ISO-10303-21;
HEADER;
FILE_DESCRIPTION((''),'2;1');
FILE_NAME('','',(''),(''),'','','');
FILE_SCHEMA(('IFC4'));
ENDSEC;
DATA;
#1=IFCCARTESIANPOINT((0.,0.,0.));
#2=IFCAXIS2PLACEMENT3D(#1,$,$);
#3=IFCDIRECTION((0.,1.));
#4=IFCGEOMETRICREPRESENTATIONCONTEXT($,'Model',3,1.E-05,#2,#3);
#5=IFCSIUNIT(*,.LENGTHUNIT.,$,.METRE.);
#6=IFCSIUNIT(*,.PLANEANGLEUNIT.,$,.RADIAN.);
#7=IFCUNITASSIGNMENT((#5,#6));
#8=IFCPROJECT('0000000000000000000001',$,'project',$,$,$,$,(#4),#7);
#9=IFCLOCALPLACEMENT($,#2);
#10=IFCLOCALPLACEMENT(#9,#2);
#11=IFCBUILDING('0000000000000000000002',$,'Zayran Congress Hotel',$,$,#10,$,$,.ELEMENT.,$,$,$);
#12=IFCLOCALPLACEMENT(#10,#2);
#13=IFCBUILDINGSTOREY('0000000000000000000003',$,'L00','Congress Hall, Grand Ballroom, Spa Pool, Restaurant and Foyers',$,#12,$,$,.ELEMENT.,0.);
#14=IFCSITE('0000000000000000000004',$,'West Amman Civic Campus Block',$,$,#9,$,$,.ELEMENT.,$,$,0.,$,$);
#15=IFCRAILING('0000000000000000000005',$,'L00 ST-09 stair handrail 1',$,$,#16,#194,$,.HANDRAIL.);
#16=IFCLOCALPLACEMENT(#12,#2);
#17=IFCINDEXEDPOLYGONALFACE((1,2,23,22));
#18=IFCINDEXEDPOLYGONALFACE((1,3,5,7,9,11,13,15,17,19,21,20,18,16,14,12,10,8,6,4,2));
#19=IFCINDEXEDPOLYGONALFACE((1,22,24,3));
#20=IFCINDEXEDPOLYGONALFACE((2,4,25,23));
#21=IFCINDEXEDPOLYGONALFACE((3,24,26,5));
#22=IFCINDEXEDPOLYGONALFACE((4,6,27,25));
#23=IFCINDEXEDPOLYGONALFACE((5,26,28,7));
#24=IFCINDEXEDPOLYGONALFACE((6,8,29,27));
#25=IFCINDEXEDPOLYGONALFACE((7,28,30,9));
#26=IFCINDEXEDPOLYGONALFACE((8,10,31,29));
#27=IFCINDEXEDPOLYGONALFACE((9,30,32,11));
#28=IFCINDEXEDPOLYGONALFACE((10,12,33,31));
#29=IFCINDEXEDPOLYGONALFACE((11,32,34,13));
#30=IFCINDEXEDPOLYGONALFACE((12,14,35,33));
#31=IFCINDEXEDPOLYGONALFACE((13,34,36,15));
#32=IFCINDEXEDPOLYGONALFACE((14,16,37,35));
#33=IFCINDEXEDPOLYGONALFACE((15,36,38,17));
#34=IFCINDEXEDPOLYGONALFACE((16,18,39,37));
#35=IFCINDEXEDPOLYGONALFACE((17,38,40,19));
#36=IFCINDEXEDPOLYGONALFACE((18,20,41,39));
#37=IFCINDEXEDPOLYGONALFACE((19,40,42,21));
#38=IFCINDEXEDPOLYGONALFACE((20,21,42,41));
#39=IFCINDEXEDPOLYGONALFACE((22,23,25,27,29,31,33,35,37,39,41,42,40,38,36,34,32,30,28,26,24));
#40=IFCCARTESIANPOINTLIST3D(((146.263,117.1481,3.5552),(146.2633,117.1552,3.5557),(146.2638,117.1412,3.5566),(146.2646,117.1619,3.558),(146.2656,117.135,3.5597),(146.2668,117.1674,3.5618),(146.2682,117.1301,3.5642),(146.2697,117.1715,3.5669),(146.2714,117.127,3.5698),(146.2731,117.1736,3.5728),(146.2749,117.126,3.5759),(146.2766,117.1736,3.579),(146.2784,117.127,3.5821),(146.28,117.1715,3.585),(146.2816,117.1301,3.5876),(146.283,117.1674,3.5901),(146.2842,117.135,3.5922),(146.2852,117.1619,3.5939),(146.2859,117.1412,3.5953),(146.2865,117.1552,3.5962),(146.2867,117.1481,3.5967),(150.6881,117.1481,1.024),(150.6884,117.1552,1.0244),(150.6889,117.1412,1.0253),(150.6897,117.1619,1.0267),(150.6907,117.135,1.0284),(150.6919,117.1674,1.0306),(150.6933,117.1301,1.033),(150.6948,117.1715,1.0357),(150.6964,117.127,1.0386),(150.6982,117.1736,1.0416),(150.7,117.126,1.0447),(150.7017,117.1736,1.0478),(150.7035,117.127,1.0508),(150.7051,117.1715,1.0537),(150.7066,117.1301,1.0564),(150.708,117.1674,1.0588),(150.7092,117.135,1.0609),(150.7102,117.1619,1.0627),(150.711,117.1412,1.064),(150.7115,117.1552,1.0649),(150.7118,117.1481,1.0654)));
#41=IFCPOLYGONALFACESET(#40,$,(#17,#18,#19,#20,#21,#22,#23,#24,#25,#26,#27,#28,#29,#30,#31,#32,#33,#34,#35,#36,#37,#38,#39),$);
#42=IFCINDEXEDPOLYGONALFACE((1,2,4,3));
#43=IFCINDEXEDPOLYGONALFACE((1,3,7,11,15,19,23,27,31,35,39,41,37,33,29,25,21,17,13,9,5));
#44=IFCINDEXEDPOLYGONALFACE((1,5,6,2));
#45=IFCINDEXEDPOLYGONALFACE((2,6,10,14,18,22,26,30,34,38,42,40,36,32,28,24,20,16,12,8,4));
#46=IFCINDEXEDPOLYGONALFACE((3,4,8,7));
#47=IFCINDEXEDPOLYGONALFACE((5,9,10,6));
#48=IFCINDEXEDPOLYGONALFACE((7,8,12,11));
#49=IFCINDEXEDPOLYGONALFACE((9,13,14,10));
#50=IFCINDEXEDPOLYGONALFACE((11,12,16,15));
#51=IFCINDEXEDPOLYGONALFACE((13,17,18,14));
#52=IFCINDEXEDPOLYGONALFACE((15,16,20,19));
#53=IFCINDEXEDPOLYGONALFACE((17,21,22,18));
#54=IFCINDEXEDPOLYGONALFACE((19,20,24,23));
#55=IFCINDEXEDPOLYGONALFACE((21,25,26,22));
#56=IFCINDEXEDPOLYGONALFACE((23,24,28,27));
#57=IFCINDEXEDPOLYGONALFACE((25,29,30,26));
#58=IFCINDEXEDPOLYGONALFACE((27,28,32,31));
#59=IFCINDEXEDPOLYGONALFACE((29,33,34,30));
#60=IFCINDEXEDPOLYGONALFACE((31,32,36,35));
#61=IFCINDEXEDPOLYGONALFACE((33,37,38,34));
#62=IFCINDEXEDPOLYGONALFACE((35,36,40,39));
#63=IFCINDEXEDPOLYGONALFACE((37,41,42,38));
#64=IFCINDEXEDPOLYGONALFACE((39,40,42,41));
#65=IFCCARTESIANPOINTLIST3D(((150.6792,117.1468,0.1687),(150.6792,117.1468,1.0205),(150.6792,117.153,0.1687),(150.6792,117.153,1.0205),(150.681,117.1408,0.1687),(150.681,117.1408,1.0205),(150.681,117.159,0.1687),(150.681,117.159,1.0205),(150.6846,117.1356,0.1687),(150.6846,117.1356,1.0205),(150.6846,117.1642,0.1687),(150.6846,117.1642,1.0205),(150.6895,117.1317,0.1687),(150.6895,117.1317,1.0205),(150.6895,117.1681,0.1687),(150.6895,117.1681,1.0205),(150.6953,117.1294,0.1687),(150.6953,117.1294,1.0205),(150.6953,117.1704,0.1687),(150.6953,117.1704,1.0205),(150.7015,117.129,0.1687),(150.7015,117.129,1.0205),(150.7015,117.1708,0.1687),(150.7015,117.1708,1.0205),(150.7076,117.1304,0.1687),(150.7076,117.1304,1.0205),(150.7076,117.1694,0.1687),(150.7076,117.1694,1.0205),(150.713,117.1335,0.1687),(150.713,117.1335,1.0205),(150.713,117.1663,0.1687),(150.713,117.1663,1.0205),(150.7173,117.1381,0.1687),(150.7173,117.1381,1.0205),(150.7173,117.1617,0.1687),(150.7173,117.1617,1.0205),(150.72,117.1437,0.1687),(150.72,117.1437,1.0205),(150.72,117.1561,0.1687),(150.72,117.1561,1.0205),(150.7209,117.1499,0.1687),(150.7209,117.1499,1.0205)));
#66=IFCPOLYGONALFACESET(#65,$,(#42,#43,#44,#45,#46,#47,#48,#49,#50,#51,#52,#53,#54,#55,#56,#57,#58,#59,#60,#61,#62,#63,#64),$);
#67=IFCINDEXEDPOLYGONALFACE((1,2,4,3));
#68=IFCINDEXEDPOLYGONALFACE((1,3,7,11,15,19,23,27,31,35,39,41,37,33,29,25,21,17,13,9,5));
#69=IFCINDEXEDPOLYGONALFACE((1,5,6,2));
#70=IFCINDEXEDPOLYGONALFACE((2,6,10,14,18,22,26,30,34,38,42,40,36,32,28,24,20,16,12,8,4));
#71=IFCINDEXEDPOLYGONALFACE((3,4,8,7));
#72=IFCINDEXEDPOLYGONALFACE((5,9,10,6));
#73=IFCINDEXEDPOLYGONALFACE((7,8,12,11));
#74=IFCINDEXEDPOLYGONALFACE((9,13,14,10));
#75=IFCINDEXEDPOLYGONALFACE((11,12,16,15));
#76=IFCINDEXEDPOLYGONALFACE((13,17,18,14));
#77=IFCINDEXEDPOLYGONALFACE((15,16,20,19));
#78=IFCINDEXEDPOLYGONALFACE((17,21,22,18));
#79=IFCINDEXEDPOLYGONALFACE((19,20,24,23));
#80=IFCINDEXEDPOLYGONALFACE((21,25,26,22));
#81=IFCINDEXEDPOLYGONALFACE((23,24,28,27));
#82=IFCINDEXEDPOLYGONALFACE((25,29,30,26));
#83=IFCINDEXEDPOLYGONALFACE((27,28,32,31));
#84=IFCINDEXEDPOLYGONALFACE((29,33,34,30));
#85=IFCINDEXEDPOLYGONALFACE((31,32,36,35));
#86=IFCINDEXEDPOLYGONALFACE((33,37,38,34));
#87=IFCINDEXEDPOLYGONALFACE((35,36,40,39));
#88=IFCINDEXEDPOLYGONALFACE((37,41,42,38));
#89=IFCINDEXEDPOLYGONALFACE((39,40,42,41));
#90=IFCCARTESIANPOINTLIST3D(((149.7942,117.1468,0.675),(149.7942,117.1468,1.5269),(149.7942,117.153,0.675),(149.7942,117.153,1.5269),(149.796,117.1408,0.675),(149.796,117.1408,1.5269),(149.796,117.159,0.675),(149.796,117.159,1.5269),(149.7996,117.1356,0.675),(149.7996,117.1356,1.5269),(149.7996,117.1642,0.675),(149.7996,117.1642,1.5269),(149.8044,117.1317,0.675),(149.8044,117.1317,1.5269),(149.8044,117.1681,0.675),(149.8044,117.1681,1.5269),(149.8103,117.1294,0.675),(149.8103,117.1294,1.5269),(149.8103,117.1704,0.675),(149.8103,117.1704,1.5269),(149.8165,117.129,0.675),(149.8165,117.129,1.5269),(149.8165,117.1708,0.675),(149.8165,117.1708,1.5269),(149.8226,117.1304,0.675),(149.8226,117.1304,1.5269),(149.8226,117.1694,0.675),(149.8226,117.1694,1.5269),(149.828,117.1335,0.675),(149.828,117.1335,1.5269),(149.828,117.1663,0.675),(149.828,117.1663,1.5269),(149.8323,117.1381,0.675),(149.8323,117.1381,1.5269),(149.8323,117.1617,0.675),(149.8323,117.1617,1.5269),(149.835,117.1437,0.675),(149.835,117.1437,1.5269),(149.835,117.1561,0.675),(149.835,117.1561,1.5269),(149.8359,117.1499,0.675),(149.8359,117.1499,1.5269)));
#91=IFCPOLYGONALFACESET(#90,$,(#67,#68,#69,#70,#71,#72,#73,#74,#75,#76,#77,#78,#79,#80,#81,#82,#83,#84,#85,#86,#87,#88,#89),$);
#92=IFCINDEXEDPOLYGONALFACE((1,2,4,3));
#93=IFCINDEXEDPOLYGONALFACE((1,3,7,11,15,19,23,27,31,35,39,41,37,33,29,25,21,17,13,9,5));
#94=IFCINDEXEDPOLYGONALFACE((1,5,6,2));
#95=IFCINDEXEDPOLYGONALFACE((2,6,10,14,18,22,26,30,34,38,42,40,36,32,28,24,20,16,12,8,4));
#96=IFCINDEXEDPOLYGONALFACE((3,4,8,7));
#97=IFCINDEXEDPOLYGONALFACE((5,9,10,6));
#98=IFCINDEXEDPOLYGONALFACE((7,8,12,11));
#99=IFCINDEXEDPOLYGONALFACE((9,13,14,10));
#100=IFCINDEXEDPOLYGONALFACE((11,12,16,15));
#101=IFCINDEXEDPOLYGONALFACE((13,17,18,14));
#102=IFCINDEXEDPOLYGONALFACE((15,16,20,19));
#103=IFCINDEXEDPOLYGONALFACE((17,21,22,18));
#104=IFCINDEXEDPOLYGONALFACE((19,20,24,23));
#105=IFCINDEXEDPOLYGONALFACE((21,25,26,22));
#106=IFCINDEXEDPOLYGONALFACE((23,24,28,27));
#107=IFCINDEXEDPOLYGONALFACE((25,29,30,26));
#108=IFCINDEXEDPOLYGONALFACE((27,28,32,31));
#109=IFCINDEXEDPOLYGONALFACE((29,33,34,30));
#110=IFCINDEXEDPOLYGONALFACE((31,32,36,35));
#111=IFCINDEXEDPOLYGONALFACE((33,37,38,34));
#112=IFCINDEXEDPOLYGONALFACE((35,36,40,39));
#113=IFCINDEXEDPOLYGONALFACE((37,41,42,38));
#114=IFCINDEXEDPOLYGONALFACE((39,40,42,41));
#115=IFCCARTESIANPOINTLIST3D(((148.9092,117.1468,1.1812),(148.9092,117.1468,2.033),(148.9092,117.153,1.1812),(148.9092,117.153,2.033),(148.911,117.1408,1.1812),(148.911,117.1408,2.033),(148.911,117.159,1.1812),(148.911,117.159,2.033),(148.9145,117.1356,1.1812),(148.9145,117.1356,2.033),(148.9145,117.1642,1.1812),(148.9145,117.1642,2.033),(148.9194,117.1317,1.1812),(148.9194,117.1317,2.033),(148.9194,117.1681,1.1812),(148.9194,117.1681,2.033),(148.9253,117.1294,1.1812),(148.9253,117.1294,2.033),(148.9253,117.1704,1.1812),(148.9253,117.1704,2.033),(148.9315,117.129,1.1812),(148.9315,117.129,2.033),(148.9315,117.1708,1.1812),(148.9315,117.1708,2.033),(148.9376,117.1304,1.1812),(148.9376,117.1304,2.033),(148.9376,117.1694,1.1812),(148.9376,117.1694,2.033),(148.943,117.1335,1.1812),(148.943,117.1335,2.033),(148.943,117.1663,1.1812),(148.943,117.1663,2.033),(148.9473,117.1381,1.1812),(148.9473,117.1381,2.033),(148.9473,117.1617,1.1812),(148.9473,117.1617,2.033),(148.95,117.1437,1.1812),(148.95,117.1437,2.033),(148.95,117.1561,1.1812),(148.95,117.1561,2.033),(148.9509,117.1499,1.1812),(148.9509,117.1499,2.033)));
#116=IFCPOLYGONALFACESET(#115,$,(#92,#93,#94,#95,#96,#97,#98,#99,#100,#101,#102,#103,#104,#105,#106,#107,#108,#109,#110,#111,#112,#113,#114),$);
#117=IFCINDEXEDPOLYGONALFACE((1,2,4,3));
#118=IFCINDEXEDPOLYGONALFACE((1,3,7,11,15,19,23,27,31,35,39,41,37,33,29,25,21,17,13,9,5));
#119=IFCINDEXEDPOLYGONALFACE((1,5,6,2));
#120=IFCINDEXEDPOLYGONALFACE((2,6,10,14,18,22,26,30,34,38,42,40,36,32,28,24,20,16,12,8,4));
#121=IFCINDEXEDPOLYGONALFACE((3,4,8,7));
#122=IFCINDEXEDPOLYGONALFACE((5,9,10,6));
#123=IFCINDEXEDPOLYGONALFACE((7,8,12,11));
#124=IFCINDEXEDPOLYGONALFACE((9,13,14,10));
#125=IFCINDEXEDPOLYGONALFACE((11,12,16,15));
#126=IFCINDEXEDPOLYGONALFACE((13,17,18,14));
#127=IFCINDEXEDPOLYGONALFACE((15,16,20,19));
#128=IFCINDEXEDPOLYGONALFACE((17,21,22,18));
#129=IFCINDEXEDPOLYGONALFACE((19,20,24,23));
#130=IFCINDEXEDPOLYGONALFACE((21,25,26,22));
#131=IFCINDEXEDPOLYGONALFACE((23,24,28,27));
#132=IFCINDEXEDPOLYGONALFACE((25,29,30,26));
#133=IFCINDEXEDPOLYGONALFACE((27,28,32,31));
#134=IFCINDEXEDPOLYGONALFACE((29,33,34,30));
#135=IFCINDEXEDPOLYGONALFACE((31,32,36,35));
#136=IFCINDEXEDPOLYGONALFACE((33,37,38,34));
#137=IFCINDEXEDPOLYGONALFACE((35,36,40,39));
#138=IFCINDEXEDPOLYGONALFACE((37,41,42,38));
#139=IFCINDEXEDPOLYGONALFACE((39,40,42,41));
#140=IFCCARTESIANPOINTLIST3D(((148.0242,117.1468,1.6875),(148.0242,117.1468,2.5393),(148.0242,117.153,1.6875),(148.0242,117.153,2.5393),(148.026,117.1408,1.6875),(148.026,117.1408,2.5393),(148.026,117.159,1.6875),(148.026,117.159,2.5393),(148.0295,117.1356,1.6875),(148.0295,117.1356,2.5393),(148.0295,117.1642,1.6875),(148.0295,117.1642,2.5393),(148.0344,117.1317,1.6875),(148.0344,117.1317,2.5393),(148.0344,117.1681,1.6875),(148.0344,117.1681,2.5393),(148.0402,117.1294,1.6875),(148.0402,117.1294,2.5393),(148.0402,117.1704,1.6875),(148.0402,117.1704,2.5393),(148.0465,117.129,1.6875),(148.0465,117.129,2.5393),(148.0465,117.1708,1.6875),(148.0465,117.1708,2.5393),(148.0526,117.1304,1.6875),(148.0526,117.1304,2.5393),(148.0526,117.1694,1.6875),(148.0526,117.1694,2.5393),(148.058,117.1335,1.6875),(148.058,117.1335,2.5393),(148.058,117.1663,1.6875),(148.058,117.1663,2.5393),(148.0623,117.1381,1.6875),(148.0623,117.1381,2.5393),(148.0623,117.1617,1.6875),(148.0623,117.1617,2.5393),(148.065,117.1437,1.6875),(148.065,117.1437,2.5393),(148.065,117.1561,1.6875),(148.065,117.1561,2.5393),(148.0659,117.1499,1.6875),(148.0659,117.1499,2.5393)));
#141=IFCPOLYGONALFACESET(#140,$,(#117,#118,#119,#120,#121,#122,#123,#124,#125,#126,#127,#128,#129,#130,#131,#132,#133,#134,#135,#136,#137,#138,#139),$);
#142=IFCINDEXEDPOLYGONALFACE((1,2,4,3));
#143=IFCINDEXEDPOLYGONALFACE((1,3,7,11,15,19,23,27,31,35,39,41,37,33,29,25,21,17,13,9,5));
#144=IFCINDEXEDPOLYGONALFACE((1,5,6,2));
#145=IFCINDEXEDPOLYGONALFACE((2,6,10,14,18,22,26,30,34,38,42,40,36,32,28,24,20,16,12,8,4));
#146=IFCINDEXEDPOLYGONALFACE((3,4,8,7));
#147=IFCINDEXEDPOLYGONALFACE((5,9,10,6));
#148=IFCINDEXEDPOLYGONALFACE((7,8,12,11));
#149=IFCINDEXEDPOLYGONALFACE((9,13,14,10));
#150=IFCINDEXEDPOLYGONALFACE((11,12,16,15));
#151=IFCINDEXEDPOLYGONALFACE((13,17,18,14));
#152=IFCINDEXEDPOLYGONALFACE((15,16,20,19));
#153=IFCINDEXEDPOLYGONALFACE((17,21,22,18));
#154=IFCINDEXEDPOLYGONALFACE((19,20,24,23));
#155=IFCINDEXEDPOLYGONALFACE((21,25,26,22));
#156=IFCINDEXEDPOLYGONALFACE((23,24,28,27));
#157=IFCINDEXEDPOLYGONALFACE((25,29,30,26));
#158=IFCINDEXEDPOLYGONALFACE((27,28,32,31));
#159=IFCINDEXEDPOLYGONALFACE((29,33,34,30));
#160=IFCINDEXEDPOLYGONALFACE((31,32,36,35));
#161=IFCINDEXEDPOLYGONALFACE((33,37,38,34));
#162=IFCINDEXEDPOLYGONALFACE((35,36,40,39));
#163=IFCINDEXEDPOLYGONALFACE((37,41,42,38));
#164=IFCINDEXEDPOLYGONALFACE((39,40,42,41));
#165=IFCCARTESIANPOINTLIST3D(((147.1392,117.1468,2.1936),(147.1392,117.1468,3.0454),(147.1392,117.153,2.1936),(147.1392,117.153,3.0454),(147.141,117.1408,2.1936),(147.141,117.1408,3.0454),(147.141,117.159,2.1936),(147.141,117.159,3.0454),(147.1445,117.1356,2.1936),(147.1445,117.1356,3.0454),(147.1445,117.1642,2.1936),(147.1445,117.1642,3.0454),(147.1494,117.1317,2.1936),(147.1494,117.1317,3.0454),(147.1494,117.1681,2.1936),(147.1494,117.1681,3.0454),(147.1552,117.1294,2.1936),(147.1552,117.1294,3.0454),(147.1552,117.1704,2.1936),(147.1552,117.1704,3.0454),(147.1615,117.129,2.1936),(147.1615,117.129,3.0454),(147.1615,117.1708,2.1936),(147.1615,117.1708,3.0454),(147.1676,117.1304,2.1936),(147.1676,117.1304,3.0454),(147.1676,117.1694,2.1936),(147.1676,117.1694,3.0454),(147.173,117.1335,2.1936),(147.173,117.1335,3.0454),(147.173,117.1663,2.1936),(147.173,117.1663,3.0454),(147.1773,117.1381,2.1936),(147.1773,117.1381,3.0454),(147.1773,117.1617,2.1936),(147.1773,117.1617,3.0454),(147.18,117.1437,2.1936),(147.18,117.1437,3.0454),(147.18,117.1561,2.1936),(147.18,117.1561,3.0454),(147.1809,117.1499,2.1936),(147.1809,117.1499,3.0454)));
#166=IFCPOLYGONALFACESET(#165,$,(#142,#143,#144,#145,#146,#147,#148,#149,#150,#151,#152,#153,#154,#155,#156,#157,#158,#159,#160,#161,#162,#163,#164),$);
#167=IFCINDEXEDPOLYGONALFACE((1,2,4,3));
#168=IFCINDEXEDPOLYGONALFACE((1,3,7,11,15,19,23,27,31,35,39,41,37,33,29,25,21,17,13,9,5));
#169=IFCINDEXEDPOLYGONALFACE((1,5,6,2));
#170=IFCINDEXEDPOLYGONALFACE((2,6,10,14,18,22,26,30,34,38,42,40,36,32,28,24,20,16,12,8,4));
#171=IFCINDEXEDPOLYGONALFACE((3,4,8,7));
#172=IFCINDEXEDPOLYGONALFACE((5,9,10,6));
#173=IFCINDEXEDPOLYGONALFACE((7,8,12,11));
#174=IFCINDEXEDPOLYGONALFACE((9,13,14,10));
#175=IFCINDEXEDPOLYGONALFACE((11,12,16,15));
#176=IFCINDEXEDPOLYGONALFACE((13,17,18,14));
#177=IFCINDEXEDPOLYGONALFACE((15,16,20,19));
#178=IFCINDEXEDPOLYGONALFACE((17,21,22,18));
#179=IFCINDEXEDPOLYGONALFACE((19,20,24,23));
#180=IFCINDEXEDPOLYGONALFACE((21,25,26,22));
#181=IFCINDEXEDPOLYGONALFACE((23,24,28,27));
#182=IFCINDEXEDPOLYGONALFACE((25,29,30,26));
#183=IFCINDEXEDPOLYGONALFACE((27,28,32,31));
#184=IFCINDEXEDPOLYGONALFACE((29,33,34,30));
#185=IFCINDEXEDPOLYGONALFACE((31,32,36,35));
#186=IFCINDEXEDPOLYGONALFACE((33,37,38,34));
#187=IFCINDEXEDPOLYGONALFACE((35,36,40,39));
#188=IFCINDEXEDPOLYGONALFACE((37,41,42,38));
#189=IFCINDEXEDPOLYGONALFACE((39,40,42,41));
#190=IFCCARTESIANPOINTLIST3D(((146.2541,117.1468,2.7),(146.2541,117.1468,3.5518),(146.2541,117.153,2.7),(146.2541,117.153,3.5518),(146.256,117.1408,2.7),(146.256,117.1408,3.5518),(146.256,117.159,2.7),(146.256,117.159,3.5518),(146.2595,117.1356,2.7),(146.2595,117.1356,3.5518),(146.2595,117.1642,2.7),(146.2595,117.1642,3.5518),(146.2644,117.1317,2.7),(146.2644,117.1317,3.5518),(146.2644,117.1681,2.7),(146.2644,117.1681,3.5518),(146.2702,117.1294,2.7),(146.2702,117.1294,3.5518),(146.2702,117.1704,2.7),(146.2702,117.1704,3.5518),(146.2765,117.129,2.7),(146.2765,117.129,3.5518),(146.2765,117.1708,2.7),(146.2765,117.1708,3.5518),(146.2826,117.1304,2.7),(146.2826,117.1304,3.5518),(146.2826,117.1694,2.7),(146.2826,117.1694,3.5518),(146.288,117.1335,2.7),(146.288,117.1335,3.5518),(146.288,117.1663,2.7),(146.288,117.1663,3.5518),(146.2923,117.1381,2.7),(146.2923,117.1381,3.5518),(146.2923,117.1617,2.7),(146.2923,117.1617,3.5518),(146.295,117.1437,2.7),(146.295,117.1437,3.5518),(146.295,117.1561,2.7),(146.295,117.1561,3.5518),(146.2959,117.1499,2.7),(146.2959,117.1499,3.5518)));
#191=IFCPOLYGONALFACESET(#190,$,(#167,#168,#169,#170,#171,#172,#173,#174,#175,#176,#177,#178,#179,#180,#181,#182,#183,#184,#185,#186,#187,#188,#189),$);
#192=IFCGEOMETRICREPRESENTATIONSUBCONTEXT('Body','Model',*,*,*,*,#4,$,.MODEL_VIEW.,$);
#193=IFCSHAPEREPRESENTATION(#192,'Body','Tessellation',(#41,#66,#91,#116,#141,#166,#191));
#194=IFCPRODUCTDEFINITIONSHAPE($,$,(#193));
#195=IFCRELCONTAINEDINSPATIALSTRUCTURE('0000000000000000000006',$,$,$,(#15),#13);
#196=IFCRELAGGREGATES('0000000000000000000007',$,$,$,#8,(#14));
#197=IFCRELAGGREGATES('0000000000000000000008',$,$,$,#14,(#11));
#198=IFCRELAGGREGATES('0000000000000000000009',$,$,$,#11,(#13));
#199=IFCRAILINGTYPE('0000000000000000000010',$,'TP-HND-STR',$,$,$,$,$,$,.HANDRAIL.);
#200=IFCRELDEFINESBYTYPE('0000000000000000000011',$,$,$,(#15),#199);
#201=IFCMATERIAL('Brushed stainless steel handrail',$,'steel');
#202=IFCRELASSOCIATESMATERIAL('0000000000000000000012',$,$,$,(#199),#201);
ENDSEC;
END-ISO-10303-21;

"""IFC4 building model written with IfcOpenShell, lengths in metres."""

from ifc_helpers import new_model, si_unit, direction, frame, origin, origin_2d, place, context, subcontext, project, spatial, circle, extrude, material, type_object, element, save


model = new_model("IFC4")

# Units and contexts
model_context = context("Model", 3, precision=1e-05, world=origin(), true_north=direction((0.0, 1.0)))
body_context = subcontext(model_context, "Body", "Model", "MODEL_VIEW")
ifc_project = project(units=[si_unit("LENGTHUNIT", "METRE"), si_unit("PLANEANGLEUNIT", "RADIAN")], contexts=[model_context])

# Site, building, storey
site_placement = place(None, origin())
site = spatial("IfcSite", under=ifc_project, at=site_placement, Name="West Amman Civic Campus Block", CompositionType="ELEMENT", RefElevation=0.0)
building_placement = place(site_placement, origin())
building = spatial("IfcBuilding", under=site, at=building_placement, Name="Zayran Congress Hotel", CompositionType="ELEMENT")
storey_placement = place(building_placement, origin())
storey = spatial("IfcBuildingStorey", under=building, at=storey_placement, Name="L00", Description="Congress Hall, Grand Ballroom, Spa Pool, Restaurant and Foyers", CompositionType="ELEMENT", Elevation=0.0)

# Railing
ifc_material_1 = material(Name="Brushed stainless steel handrail", Category="steel")
railing_type_1 = type_object("IfcRailingType", Name="TP-HND-STR", PredefinedType="HANDRAIL", material=ifc_material_1)
railing_1_placement = place(storey_placement, frame((150.7, 117.1499, 0.1687)))
element("IfcRailing", 1, at=railing_1_placement, inside=storey, type_object=railing_type_1, Name="L00 ST-09 stair handrail 1", PredefinedType="HANDRAIL", context=body_context, shape_type="SweptSolid", body=[
    extrude(circle(Radius=0.0239, at=origin_2d()), frame((0.0, 0.0, 0.876), z_axis=(-0.868019, 0.0, 0.496531), x_axis=(0.0, -1.0, 0.0)), (0.0, 0.0, 1.0), 5.0979),
    extrude(circle(Radius=0.021, at=origin_2d()), origin(), (0.0, 0.0, 1.0), 0.8518),
    extrude(circle(Radius=0.021, at=origin_2d()), frame((-0.885, 0.0, 0.5063)), (0.0, 0.0, 1.0), 0.8518),
    extrude(circle(Radius=0.021, at=origin_2d()), frame((-1.77, 0.0, 1.0125)), (0.0, 0.0, 1.0), 0.8518),
    extrude(circle(Radius=0.021, at=origin_2d()), frame((-2.655, 0.0, 1.5188)), (0.0, 0.0, 1.0), 0.8518),
    extrude(circle(Radius=0.021, at=origin_2d()), frame((-3.54, 0.0, 2.0249)), (0.0, 0.0, 1.0), 0.8518),
    extrude(circle(Radius=0.021, at=origin_2d()), frame((-4.425, 0.0, 2.5312)), (0.0, 0.0, 1.0), 0.8518),
])

save(model, "model.ifc")
